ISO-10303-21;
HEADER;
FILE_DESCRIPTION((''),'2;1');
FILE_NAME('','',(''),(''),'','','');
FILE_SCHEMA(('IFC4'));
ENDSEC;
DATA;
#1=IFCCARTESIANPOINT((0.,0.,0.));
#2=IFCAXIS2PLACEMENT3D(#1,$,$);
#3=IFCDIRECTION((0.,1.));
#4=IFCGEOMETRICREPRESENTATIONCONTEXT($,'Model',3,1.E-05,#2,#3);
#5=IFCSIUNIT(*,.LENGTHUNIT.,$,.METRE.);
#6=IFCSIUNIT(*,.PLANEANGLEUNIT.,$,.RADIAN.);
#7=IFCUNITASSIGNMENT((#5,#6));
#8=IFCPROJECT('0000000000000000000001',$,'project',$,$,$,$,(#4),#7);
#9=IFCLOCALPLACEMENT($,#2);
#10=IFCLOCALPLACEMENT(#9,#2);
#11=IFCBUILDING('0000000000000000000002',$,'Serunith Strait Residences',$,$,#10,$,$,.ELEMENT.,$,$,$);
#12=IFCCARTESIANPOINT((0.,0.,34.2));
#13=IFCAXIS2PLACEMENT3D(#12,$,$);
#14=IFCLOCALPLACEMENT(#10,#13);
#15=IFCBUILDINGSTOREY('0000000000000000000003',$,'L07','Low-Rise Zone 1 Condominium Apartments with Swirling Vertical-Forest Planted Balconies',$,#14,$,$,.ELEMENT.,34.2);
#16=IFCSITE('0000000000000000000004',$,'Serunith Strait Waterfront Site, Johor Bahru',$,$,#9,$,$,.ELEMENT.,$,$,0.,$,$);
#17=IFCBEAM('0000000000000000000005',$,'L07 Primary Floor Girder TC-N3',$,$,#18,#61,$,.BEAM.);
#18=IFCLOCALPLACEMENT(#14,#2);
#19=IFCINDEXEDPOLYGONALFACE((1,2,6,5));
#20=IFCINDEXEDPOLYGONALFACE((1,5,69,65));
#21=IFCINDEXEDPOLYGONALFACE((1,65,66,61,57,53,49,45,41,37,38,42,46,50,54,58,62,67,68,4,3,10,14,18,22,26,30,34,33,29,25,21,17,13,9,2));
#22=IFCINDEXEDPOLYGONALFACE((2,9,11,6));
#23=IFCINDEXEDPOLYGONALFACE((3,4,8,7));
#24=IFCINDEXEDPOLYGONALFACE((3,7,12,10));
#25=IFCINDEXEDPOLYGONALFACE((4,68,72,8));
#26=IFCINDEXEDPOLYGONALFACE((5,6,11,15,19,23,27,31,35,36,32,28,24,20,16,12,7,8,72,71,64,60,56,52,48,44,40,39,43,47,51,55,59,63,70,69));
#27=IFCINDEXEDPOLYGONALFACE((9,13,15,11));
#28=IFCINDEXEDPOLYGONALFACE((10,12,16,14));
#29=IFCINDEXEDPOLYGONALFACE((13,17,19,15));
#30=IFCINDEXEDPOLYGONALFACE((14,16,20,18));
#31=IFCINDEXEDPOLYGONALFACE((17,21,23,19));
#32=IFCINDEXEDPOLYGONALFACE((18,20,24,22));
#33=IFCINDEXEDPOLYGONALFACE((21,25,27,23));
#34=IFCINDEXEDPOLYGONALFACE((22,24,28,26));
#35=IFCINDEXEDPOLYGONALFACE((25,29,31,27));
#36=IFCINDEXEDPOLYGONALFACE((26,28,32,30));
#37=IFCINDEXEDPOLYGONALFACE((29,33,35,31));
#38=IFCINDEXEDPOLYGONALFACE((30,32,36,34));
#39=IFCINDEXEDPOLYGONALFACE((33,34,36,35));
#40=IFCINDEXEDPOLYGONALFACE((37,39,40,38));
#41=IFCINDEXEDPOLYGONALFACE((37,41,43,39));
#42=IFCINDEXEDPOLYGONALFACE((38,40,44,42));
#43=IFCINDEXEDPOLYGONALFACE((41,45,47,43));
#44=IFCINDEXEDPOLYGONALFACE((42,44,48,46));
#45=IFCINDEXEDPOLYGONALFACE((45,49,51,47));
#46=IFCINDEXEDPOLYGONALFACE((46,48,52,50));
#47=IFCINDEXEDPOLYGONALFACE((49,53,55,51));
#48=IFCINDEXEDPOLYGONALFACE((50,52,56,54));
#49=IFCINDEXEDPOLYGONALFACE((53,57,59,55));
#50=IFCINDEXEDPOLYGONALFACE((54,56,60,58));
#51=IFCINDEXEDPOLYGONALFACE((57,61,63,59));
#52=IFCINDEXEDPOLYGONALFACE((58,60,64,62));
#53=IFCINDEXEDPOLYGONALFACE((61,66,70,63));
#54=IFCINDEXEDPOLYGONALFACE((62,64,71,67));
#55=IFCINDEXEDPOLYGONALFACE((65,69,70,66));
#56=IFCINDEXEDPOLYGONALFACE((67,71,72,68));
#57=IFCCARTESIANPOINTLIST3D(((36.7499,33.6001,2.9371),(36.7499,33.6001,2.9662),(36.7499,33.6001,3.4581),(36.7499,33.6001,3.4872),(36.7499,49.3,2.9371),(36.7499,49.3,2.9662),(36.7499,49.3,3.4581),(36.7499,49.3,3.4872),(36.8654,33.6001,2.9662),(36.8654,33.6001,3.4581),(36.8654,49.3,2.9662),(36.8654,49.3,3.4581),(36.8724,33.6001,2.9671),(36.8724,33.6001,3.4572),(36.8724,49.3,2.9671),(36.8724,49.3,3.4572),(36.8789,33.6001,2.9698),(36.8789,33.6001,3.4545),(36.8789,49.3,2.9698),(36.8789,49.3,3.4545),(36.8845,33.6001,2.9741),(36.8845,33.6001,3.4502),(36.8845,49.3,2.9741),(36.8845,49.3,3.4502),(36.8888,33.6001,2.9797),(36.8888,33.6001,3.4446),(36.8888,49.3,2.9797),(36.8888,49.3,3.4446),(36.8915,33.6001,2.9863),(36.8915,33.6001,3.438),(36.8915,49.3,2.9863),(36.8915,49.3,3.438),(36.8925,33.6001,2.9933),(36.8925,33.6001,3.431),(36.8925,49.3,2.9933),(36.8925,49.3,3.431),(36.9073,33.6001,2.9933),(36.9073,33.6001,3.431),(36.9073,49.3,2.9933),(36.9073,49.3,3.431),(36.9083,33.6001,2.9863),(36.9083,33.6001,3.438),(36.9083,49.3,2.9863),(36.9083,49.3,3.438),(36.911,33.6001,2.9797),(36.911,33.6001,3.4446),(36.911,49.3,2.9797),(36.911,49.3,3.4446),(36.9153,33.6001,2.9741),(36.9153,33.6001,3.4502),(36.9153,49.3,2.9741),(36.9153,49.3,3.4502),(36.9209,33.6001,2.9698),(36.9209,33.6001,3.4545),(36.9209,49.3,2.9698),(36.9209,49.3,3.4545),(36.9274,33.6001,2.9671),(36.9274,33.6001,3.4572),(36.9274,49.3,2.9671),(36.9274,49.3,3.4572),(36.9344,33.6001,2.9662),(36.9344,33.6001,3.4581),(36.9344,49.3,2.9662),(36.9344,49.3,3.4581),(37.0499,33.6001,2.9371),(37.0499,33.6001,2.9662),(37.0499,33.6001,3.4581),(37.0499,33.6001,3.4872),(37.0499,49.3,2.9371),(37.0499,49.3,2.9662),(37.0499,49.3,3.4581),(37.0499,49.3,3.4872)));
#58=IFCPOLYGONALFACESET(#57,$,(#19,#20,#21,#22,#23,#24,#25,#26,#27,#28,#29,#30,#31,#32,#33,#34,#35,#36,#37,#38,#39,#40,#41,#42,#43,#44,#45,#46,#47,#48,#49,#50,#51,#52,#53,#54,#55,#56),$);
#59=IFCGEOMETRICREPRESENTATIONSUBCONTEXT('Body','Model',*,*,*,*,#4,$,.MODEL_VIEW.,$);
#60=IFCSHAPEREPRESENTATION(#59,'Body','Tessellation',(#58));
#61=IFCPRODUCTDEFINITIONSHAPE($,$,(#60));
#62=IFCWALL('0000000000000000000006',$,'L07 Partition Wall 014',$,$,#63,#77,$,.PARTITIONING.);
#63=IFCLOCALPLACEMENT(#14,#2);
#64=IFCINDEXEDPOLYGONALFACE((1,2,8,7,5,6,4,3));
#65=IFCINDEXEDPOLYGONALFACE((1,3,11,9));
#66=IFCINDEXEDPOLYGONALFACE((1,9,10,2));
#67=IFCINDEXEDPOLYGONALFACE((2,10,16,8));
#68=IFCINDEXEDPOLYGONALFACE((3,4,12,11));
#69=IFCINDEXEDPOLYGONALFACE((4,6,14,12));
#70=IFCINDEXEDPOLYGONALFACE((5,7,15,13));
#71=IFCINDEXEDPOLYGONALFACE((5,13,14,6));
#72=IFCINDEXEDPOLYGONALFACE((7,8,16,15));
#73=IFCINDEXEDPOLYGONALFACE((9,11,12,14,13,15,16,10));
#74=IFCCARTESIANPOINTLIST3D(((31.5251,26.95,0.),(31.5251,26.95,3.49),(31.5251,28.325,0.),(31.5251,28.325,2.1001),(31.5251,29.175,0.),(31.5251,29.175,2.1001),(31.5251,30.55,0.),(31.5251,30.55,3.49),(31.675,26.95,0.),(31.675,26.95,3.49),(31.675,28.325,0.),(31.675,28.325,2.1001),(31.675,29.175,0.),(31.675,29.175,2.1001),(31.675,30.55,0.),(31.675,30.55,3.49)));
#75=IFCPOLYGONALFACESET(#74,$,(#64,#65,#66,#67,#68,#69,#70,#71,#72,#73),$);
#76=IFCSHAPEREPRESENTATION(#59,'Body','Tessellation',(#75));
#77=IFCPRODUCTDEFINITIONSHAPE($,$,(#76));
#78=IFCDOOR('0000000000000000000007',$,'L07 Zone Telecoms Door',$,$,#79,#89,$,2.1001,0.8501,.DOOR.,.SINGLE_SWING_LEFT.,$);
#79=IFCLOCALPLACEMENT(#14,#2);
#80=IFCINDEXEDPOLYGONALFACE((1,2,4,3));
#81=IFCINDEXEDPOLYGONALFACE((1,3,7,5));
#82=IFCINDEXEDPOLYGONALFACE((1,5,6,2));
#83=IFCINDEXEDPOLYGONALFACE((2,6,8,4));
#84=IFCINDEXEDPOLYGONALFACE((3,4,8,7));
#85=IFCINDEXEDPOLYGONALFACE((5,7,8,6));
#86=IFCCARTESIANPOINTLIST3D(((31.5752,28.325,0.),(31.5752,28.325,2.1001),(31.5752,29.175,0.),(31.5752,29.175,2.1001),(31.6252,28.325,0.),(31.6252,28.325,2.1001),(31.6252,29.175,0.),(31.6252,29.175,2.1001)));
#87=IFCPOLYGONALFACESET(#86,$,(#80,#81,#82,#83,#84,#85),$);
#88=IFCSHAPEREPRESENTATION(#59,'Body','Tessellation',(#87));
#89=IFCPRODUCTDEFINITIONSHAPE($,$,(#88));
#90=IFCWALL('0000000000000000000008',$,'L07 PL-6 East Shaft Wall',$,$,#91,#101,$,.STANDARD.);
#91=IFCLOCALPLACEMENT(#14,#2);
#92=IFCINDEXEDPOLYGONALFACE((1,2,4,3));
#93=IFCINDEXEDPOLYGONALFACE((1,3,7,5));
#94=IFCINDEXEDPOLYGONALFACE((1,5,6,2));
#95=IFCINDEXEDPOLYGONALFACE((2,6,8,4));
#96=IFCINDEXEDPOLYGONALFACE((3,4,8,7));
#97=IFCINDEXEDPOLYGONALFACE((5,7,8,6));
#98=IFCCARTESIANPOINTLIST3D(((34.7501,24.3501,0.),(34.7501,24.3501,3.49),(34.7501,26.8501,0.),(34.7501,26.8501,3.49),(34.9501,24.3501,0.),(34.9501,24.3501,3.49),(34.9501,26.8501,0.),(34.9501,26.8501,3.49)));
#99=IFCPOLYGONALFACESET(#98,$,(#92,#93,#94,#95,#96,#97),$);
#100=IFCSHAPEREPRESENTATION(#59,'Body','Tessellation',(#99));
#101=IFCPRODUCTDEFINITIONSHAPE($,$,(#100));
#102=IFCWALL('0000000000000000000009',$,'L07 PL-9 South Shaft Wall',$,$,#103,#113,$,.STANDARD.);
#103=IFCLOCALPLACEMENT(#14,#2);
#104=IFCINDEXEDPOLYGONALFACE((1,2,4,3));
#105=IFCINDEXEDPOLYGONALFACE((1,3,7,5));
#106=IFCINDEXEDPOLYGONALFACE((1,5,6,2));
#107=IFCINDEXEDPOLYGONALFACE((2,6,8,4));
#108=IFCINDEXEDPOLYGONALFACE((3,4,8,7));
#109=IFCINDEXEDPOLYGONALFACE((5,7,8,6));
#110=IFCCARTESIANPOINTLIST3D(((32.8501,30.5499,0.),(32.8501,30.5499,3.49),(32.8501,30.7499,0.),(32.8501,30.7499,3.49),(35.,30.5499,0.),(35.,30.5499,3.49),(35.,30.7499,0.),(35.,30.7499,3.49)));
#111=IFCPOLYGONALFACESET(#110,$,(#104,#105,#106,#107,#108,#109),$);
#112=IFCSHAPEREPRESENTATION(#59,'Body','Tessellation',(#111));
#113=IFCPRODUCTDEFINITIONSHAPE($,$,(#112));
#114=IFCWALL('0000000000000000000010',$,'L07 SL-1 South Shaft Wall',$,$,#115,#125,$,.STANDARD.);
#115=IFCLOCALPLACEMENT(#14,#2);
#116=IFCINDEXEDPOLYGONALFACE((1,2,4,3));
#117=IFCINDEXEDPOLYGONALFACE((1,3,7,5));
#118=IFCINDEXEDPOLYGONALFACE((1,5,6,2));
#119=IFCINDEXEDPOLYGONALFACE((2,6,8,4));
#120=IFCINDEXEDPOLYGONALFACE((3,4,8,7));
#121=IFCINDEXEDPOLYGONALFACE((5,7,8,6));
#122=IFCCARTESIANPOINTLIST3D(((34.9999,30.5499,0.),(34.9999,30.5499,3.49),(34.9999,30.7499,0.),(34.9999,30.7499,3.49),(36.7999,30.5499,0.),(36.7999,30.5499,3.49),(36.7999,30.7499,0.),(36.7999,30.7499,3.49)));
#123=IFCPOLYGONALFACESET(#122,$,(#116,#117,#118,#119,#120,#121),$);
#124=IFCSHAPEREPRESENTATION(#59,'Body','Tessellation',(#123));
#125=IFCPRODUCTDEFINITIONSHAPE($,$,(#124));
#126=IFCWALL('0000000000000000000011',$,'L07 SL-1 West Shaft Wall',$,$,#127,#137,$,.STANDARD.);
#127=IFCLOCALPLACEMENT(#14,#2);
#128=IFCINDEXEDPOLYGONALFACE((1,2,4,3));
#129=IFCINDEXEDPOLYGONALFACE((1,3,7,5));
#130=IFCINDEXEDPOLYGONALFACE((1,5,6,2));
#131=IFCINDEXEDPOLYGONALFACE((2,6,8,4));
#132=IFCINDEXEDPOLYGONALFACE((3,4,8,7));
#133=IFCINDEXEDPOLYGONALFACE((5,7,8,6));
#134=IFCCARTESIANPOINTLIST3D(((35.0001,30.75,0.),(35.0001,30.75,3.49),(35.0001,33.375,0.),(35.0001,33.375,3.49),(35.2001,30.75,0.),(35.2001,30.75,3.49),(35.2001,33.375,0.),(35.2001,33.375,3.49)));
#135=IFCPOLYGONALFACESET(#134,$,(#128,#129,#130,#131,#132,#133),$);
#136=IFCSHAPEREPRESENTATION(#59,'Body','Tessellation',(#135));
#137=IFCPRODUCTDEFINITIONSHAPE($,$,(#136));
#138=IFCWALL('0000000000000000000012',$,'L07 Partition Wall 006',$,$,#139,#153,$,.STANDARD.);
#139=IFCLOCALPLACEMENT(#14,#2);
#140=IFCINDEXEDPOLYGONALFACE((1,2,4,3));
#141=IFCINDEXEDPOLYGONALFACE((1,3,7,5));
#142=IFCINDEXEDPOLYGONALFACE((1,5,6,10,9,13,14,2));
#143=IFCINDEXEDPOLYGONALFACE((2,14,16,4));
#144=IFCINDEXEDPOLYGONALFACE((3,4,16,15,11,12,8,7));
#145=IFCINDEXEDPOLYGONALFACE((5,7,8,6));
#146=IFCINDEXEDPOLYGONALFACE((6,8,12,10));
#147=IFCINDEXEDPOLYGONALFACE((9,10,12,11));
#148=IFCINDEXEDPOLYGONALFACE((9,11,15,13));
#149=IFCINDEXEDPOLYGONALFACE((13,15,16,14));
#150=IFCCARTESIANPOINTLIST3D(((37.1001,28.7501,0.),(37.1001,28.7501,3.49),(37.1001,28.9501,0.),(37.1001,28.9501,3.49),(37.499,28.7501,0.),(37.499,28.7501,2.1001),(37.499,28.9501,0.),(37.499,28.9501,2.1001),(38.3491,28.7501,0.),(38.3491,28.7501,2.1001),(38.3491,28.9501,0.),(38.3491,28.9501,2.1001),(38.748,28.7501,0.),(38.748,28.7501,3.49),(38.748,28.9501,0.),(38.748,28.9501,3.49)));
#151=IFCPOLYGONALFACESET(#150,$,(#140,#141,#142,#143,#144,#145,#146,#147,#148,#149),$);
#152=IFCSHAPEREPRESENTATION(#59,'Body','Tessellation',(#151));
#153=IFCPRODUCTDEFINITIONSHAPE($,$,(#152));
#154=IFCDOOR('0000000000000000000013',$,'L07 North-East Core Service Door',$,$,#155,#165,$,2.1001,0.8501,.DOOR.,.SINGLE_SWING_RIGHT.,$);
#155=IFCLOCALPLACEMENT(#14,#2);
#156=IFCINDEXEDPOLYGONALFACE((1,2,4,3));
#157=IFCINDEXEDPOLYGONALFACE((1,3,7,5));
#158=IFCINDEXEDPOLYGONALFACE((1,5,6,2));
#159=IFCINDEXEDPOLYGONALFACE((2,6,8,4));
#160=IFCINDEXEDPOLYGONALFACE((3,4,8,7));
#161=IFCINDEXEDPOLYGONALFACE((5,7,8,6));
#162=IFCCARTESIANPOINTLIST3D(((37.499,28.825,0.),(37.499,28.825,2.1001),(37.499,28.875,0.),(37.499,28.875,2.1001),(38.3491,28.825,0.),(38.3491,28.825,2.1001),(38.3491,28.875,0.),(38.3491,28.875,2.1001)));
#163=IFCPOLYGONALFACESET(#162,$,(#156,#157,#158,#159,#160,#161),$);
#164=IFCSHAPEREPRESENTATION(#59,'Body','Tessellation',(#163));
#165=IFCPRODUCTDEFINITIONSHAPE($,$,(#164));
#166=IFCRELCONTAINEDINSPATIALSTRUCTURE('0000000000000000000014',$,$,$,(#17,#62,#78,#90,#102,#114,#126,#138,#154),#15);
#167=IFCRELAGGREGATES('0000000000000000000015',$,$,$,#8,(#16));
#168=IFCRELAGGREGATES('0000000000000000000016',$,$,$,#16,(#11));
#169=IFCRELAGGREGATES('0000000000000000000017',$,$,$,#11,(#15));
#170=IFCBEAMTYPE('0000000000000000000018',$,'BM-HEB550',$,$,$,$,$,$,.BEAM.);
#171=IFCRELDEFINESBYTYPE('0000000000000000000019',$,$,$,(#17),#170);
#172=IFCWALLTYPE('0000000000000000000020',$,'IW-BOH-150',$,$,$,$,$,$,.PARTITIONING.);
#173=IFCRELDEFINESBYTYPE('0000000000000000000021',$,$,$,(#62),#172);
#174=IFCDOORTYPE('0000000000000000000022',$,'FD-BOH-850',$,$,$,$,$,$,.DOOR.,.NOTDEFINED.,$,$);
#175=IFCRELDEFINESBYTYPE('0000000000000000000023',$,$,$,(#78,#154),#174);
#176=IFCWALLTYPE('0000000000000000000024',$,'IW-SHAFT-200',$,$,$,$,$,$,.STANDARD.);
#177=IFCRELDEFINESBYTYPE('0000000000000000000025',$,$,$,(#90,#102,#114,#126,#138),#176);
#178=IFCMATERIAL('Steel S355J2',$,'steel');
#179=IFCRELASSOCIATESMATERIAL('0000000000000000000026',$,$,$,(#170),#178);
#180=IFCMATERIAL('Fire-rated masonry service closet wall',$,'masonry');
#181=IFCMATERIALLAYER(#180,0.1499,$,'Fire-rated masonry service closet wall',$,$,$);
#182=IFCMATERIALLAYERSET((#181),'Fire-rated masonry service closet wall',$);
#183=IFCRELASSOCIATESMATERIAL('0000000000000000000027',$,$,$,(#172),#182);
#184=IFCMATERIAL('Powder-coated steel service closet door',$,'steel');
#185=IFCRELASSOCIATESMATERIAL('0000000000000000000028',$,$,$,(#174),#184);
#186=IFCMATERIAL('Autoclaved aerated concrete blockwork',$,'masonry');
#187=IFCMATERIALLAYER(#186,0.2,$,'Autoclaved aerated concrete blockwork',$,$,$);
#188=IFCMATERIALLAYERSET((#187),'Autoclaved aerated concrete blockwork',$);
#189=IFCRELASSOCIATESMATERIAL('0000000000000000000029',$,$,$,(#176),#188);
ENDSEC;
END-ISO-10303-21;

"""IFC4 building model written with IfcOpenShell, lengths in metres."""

from ifc_helpers import new_model, si_unit, direction, frame, frame_2d, origin, origin_2d, place, context, subcontext, project, spatial, rectangle, i_section, extrude, source, transform, mapped, material, layer, layer_set, material_profile, profile_set, type_object, element, fill, save


model = new_model("IFC4")

# Units and contexts
model_context = context("Model", 3, precision=1e-05, world=origin(), true_north=direction((0.0, 1.0)))
body_context = subcontext(model_context, "Body", "Model", "MODEL_VIEW")
ifc_project = project(units=[si_unit("LENGTHUNIT", "METRE"), si_unit("PLANEANGLEUNIT", "RADIAN")], contexts=[model_context])

# Site, building, storey
site_placement = place(None, origin())
site = spatial("IfcSite", under=ifc_project, at=site_placement, Name="Serunith Strait Waterfront Site, Johor Bahru", CompositionType="ELEMENT", RefElevation=0.0)
building_placement = place(site_placement, origin())
building = spatial("IfcBuilding", under=site, at=building_placement, Name="Serunith Strait Residences", CompositionType="ELEMENT")
storey_placement = place(building_placement, frame((0.0, 0.0, 34.2)))
storey = spatial("IfcBuildingStorey", under=building, at=storey_placement, Name="L07", Description="Low-Rise Zone 1 Condominium Apartments with Swirling Vertical-Forest Planted Balconies", CompositionType="ELEMENT", Elevation=34.2)

# Beam
ifc_material_1 = material(Name="Steel S355J2", Category="steel")
ifc_material_profile = material_profile(ifc_material_1, i_section(OverallWidth=0.3, OverallDepth=0.55, WebThickness=0.0149, FlangeThickness=0.0291, FilletRadius=0.0271, at=origin_2d()), Name="HEB 550")
ifc_profile_set = profile_set([ifc_material_profile], Name="Steel S355J2")
beam_type = type_object("IfcBeamType", Name="BM-HEB550", PredefinedType="BEAM", material=ifc_profile_set)
shared_shape_1 = source(origin(), body_context, "Body", "SweptSolid", [
    extrude(i_section(OverallWidth=0.3, OverallDepth=0.55, WebThickness=0.0149, FlangeThickness=0.0291, FilletRadius=0.0271, at=origin_2d()), origin(), (0.0, 0.0, 1.0), 15.7),
])
beam_placement = place(storey_placement, frame((36.8999, 33.6001, 3.2122), z_axis=(0.0, 1.0, 0.0), x_axis=(-1.0, 0.0, 0.0)))
element("IfcBeam", 1, at=beam_placement, inside=storey, type_object=beam_type, Name="L07 Primary Floor Girder TC-N3", PredefinedType="BEAM", context=body_context, shape_type="MappedRepresentation", body=[
    mapped(shared_shape_1, transform((0.0, 0.0, 0.0), scale=1.0)),
])

# Wall, opening, door
ifc_material_2 = material(Name="Fire-rated masonry service closet wall", Category="masonry")
ifc_layer_1 = layer(ifc_material_2, 0.1499, Name="Fire-rated masonry service closet wall")
ifc_layer_set_1 = layer_set([ifc_layer_1], Name="Fire-rated masonry service closet wall")
wall_type_1 = type_object("IfcWallType", Name="IW-BOH-150", PredefinedType="PARTITIONING", material=ifc_layer_set_1)
wall_1_placement = place(storey_placement, frame((31.6001, 26.95, 0.0), z_axis=(0.0, 0.0, 1.0), x_axis=(0.0, 1.0, 0.0)))
wall_1 = element("IfcWall", 2, at=wall_1_placement, inside=storey, type_object=wall_type_1, Name="L07 Partition Wall 014", PredefinedType="PARTITIONING", context=body_context, shape_type="SweptSolid", body=[
    extrude(rectangle(XDim=3.6001, YDim=0.1499, at=frame_2d((1.8, 0.0))), origin(), (0.0, 0.0, 1.0), 3.49),
])
opening_1_placement = place(wall_1_placement, frame((1.375, 0.0, 0.0)))
opening_1 = element("IfcOpeningElement", 3, at=opening_1_placement, cuts=wall_1, PredefinedType="OPENING", context=body_context, shape_type="SweptSolid", body=[
    extrude(rectangle(XDim=0.8501, YDim=2.1001, at=frame_2d((0.425, 1.05))), frame((0.0, 0.085, 0.0), z_axis=(0.0, -1.0, 0.0), x_axis=(1.0, 0.0, 0.0)), (0.0, 0.0, 1.0), 0.1699),
])
ifc_material_3 = material(Name="Powder-coated steel service closet door", Category="steel")
door_type_1 = type_object("IfcDoorType", Name="FD-BOH-850", OperationType="NOTDEFINED", PredefinedType="DOOR", material=ifc_material_3)
shared_shape_2 = source(origin(), body_context, "Body", "SweptSolid", [
    extrude(rectangle(XDim=0.8501, YDim=2.1001, at=frame_2d((0.425, 1.05))), frame((0.0, 0.0249, 0.0), z_axis=(0.0, -1.0, 0.0), x_axis=(1.0, 0.0, 0.0)), (0.0, 0.0, 1.0), 0.05),
])
door_1_placement = place(opening_1_placement, origin())
door_1 = element("IfcDoor", 4, at=door_1_placement, inside=storey, type_object=door_type_1, Name="L07 Zone Telecoms Door", OperationType="SINGLE_SWING_LEFT", OverallHeight=2.1001, OverallWidth=0.8501, PredefinedType="DOOR", context=body_context, shape_type="MappedRepresentation", body=[
    mapped(shared_shape_2, transform((0.0, 0.0, 0.0), scale=1.0)),
])
fill(opening_1, door_1)
ifc_material_4 = material(Name="Autoclaved aerated concrete blockwork", Category="masonry")
ifc_layer_2 = layer(ifc_material_4, 0.2, Name="Autoclaved aerated concrete blockwork")
ifc_layer_set_2 = layer_set([ifc_layer_2], Name="Autoclaved aerated concrete blockwork")
wall_type_2 = type_object("IfcWallType", Name="IW-SHAFT-200", PredefinedType="STANDARD", material=ifc_layer_set_2)

# Walls
wall_2_placement = place(storey_placement, frame((34.8501, 24.3501, 0.0), z_axis=(0.0, 0.0, 1.0), x_axis=(0.0, 1.0, 0.0)))
element("IfcWall", 5, at=wall_2_placement, inside=storey, type_object=wall_type_2, Name="L07 PL-6 East Shaft Wall", PredefinedType="STANDARD", context=body_context, shape_type="SweptSolid", body=[
    extrude(rectangle(XDim=2.5, YDim=0.2, at=frame_2d((1.25, 0.0))), origin(), (0.0, 0.0, 1.0), 3.49),
])
wall_3_placement = place(storey_placement, frame((32.8501, 30.6499, 0.0), z_axis=(0.0, 0.0, 1.0), x_axis=(1.0, 0.0, 0.0)))
element("IfcWall", 6, at=wall_3_placement, inside=storey, type_object=wall_type_2, Name="L07 PL-9 South Shaft Wall", PredefinedType="STANDARD", context=body_context, shape_type="SweptSolid", body=[
    extrude(rectangle(XDim=2.1499, YDim=0.2, at=frame_2d((1.075, 0.0))), origin(), (0.0, 0.0, 1.0), 3.49),
])
wall_4_placement = place(storey_placement, frame((35.0, 30.6499, 0.0), z_axis=(0.0, 0.0, 1.0), x_axis=(1.0, 0.0, 0.0)))
element("IfcWall", 7, at=wall_4_placement, inside=storey, type_object=wall_type_2, Name="L07 SL-1 South Shaft Wall", PredefinedType="STANDARD", context=body_context, shape_type="SweptSolid", body=[
    extrude(rectangle(XDim=1.8, YDim=0.2, at=frame_2d((0.8999, 0.0))), origin(), (0.0, 0.0, 1.0), 3.49),
])
wall_5_placement = place(storey_placement, frame((35.1001, 30.75, 0.0), z_axis=(0.0, 0.0, 1.0), x_axis=(0.0, 1.0, 0.0)))
element("IfcWall", 8, at=wall_5_placement, inside=storey, type_object=wall_type_2, Name="L07 SL-1 West Shaft Wall", PredefinedType="STANDARD", context=body_context, shape_type="SweptSolid", body=[
    extrude(rectangle(XDim=2.625, YDim=0.2, at=frame_2d((1.3125, 0.0))), origin(), (0.0, 0.0, 1.0), 3.49),
])

# Wall, opening, door
wall_6_placement = place(storey_placement, frame((37.1001, 28.8501, 0.0), z_axis=(0.0, 0.0, 1.0), x_axis=(1.0, 0.0, 0.0)))
wall_6 = element("IfcWall", 9, at=wall_6_placement, inside=storey, type_object=wall_type_2, Name="L07 Partition Wall 006", PredefinedType="STANDARD", context=body_context, shape_type="SweptSolid", body=[
    extrude(rectangle(XDim=1.6479, YDim=0.2, at=frame_2d((0.824, 0.0))), origin(), (0.0, 0.0, 1.0), 3.49),
])
opening_2_placement = place(wall_6_placement, frame((0.3989, 0.0, 0.0)))
opening_2 = element("IfcOpeningElement", 10, at=opening_2_placement, cuts=wall_6, PredefinedType="OPENING", context=body_context, shape_type="SweptSolid", body=[
    extrude(rectangle(XDim=0.8501, YDim=2.1001, at=frame_2d((0.425, 1.05))), frame((0.0, 0.1099, 0.0), z_axis=(0.0, -1.0, 0.0), x_axis=(1.0, 0.0, 0.0)), (0.0, 0.0, 1.0), 0.22),
])
door_2_placement = place(opening_2_placement, origin())
door_2 = element("IfcDoor", 11, at=door_2_placement, inside=storey, type_object=door_type_1, Name="L07 North-East Core Service Door", OperationType="SINGLE_SWING_RIGHT", OverallHeight=2.1001, OverallWidth=0.8501, PredefinedType="DOOR", context=body_context, shape_type="MappedRepresentation", body=[
    mapped(shared_shape_2, transform((0.0, 0.0, 0.0), scale=1.0)),
])
fill(opening_2, door_2)

save(model, "model.ifc")
